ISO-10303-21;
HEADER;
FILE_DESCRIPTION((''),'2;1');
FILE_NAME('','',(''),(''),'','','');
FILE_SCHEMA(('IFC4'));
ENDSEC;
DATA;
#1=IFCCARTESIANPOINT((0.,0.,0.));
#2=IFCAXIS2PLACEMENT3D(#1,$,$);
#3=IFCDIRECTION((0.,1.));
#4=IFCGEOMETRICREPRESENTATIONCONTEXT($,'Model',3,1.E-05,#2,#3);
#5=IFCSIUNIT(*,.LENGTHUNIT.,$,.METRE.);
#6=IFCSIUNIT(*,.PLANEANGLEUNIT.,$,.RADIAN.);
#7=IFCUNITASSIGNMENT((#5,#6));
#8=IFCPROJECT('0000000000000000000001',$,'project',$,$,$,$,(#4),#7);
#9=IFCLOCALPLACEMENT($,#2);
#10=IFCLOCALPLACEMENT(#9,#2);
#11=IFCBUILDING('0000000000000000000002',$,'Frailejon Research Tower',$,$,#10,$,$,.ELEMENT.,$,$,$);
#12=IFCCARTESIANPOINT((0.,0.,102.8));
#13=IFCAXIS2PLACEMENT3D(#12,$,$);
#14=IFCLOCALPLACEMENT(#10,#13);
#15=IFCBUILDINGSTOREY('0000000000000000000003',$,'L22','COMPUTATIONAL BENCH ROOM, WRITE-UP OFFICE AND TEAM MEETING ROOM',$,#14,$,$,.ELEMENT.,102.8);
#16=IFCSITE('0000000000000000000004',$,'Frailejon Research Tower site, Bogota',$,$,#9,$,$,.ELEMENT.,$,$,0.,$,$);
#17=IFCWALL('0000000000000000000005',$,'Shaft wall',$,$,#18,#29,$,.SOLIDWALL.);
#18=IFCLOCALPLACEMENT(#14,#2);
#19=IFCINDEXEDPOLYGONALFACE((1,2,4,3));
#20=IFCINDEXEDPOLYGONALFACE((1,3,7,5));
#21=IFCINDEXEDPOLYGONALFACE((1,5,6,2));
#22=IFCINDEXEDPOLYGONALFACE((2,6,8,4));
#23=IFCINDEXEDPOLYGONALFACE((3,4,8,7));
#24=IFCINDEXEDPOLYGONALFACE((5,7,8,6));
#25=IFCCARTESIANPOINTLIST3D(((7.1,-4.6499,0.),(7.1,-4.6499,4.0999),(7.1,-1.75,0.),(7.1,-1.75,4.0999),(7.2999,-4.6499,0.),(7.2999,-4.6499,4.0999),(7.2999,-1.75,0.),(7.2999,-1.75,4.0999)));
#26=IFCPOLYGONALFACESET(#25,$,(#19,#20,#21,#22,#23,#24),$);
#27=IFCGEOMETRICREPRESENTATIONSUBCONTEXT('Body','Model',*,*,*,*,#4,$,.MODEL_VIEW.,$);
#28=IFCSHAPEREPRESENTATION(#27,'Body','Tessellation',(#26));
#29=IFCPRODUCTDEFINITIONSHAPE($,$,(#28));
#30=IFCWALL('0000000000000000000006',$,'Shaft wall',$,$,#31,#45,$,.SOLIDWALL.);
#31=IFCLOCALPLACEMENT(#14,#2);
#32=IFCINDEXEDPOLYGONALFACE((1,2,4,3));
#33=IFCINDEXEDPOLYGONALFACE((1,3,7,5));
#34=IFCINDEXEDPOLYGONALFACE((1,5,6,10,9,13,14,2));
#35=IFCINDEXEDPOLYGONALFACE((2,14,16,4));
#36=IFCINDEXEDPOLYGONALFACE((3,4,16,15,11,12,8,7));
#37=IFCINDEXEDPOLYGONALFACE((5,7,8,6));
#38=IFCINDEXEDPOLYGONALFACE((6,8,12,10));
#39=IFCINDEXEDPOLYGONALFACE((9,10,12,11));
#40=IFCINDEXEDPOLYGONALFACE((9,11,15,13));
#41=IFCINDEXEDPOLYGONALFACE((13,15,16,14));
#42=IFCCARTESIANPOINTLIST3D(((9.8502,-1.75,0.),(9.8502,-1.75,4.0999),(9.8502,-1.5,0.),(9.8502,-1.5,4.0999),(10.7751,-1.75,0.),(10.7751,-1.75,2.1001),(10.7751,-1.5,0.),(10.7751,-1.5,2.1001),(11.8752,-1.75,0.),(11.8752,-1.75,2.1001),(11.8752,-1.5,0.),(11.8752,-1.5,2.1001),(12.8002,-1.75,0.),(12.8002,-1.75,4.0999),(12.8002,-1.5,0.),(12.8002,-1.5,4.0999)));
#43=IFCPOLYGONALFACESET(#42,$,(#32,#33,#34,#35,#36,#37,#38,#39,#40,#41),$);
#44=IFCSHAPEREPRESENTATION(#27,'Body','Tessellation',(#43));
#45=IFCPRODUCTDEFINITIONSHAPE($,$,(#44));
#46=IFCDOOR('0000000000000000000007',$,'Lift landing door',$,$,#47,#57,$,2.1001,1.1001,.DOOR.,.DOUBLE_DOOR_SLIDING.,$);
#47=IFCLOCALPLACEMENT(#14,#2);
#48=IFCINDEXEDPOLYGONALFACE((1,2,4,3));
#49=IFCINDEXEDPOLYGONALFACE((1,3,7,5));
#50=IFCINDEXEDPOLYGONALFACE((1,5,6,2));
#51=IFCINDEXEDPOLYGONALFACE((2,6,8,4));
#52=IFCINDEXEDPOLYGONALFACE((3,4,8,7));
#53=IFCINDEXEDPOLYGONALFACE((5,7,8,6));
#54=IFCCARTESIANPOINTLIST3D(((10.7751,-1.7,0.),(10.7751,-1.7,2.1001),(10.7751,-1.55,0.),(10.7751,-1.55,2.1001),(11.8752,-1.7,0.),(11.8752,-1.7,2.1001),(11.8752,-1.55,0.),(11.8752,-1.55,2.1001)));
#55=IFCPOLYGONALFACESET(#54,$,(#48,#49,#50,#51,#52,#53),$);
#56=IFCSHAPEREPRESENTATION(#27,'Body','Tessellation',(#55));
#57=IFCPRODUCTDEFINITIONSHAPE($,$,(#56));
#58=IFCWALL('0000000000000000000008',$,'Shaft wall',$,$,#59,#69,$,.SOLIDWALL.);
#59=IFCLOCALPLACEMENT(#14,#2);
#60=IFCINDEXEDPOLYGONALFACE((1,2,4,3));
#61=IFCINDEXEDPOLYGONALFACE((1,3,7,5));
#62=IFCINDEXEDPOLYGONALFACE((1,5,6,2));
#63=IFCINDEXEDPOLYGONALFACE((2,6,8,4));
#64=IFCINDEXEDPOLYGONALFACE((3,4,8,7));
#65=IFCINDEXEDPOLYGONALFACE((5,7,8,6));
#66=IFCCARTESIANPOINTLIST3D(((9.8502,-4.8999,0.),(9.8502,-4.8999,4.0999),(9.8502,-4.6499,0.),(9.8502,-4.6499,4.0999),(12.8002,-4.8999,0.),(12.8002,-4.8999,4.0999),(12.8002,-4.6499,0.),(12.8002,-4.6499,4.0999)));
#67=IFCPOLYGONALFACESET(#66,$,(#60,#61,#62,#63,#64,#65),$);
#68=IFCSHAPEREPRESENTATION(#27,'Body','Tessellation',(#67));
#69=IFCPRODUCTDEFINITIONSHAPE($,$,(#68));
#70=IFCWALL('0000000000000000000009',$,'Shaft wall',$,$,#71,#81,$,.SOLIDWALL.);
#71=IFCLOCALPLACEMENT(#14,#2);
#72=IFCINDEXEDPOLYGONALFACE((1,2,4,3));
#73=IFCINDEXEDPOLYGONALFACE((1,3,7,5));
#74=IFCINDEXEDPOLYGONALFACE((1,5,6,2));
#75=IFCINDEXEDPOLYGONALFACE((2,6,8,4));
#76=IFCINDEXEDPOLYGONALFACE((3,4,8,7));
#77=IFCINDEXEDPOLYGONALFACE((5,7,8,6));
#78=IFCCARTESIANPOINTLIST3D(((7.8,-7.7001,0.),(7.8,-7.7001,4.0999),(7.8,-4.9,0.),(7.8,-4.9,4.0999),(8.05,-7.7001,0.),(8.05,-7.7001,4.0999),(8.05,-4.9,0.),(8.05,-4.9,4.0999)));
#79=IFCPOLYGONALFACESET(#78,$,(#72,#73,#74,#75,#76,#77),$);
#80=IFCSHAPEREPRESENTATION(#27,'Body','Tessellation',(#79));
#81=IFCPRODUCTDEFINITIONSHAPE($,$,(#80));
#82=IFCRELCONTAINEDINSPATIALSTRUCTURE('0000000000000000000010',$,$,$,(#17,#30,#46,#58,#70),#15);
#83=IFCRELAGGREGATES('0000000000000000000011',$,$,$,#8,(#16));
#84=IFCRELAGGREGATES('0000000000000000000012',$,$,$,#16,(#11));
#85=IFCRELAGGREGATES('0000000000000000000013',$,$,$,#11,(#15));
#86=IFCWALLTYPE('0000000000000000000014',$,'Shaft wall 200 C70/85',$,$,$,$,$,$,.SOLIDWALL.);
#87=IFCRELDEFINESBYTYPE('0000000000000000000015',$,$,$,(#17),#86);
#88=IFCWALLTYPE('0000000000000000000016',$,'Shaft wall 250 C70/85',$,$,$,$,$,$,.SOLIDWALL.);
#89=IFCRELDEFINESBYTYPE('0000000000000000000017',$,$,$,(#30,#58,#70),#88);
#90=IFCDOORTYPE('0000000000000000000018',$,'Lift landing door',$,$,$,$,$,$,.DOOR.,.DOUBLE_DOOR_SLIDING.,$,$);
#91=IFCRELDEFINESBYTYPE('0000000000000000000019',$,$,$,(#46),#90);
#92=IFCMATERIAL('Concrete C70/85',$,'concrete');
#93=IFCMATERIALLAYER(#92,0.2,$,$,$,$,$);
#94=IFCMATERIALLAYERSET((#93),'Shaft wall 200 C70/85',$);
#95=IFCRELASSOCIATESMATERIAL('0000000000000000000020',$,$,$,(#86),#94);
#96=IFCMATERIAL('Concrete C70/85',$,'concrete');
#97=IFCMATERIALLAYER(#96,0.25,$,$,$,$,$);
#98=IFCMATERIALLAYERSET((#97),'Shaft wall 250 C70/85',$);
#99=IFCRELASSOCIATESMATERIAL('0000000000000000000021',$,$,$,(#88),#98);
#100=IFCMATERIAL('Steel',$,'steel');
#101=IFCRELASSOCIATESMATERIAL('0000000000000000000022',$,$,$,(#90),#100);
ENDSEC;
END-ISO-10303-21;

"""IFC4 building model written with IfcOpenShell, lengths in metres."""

from ifc_helpers import new_model, si_unit, direction, frame, frame_2d, origin, place, context, subcontext, project, spatial, rectangle, extrude, material, layer, layer_set, type_object, element, fill, save


model = new_model("IFC4")

# Units and contexts
model_context = context("Model", 3, precision=1e-05, world=origin(), true_north=direction((0.0, 1.0)))
body_context = subcontext(model_context, "Body", "Model", "MODEL_VIEW")
ifc_project = project(units=[si_unit("LENGTHUNIT", "METRE"), si_unit("PLANEANGLEUNIT", "RADIAN")], contexts=[model_context])

# Site, building, storey
site_placement = place(None, origin())
site = spatial("IfcSite", under=ifc_project, at=site_placement, Name="Frailejon Research Tower site, Bogota", CompositionType="ELEMENT", RefElevation=0.0)
building_placement = place(site_placement, origin())
building = spatial("IfcBuilding", under=site, at=building_placement, Name="Frailejon Research Tower", CompositionType="ELEMENT")
storey_placement = place(building_placement, frame((0.0, 0.0, 102.8)))
storey = spatial("IfcBuildingStorey", under=building, at=storey_placement, Name="L22", Description="COMPUTATIONAL BENCH ROOM, WRITE-UP OFFICE AND TEAM MEETING ROOM", CompositionType="ELEMENT", Elevation=102.8)

# Wall
ifc_material_1 = material(Name="Concrete C70/85", Category="concrete")
ifc_layer_1 = layer(ifc_material_1, 0.2)
ifc_layer_set_1 = layer_set([ifc_layer_1], Name="Shaft wall 200 C70/85")
wall_type_1 = type_object("IfcWallType", Name="Shaft wall 200 C70/85", PredefinedType="SOLIDWALL", material=ifc_layer_set_1)
for number, where, z_axis, x_axis, name in (
    (1, (7.2, -4.6499, 0.0), (0.0, 0.0, 1.0), (0.0, 1.0, 0.0), "Shaft wall"),
):
    element("IfcWall", number, at=place(storey_placement, frame(where, z_axis=z_axis, x_axis=x_axis)), inside=storey, type_object=wall_type_1, Name=name, PredefinedType="SOLIDWALL", context=body_context, shape_type="SweptSolid", body=[
        extrude(rectangle(XDim=2.8999, YDim=0.2, at=frame_2d((1.45, 0.0))), origin(), (0.0, 0.0, 1.0), 4.0999),
    ])

# Wall, opening, door
ifc_material_2 = material(Name="Concrete C70/85", Category="concrete")
ifc_layer_2 = layer(ifc_material_2, 0.25)
ifc_layer_set_2 = layer_set([ifc_layer_2], Name="Shaft wall 250 C70/85")
wall_type_2 = type_object("IfcWallType", Name="Shaft wall 250 C70/85", PredefinedType="SOLIDWALL", material=ifc_layer_set_2)
wall_1_placement = place(storey_placement, frame((9.8501, -1.625, 0.0), z_axis=(0.0, 0.0, 1.0), x_axis=(1.0, 0.0, 0.0)))
wall_1 = element("IfcWall", 2, at=wall_1_placement, inside=storey, type_object=wall_type_2, Name="Shaft wall", PredefinedType="SOLIDWALL", context=body_context, shape_type="SweptSolid", body=[
    extrude(rectangle(XDim=2.95, YDim=0.25, at=frame_2d((1.4751, 0.0))), origin(), (0.0, 0.0, 1.0), 4.0999),
])
opening_1_placement = place(wall_1_placement, frame((0.925, 0.0, 0.0)))
opening_1 = element("IfcOpeningElement", 3, at=opening_1_placement, cuts=wall_1, PredefinedType="OPENING", context=body_context, shape_type="SweptSolid", body=[
    extrude(rectangle(XDim=1.1001, YDim=2.1001, at=frame_2d((0.55, 1.05))), frame((0.0, 0.135, 0.0), z_axis=(0.0, -1.0, 0.0), x_axis=(1.0, 0.0, 0.0)), (0.0, 0.0, 1.0), 0.27),
])
ifc_material_3 = material(Name="Steel", Category="steel")
door_type_1 = type_object("IfcDoorType", Name="Lift landing door", OperationType="DOUBLE_DOOR_SLIDING", PredefinedType="DOOR", material=ifc_material_3)
door_1_placement = place(opening_1_placement, origin())
door_1 = element("IfcDoor", 4, at=door_1_placement, inside=storey, type_object=door_type_1, Name="Lift landing door", OperationType="DOUBLE_DOOR_SLIDING", OverallHeight=2.1001, OverallWidth=1.1001, PredefinedType="DOOR", context=body_context, shape_type="SweptSolid", body=[
    extrude(rectangle(XDim=1.1001, YDim=2.1001, at=frame_2d((0.55, 1.05))), frame((0.0, 0.075, 0.0), z_axis=(0.0, -1.0, 0.0), x_axis=(1.0, 0.0, 0.0)), (0.0, 0.0, 1.0), 0.1499),
])
fill(opening_1, door_1)

# Walls
wall_2_placement = place(storey_placement, frame((9.8501, -4.7749, 0.0), z_axis=(0.0, 0.0, 1.0), x_axis=(1.0, 0.0, 0.0)))
element("IfcWall", 5, at=wall_2_placement, inside=storey, type_object=wall_type_2, Name="Shaft wall", PredefinedType="SOLIDWALL", context=body_context, shape_type="SweptSolid", body=[
    extrude(rectangle(XDim=2.95, YDim=0.25, at=frame_2d((1.4751, 0.0))), origin(), (0.0, 0.0, 1.0), 4.0999),
])
wall_3_placement = place(storey_placement, frame((7.925, -7.7, 0.0), z_axis=(0.0, 0.0, 1.0), x_axis=(0.0, 1.0, 0.0)))
element("IfcWall", 6, at=wall_3_placement, inside=storey, type_object=wall_type_2, Name="Shaft wall", PredefinedType="SOLIDWALL", context=body_context, shape_type="SweptSolid", body=[
    extrude(rectangle(XDim=2.8, YDim=0.25, at=frame_2d((1.3999, 0.0))), origin(), (0.0, 0.0, 1.0), 4.0999),
])

save(model, "model.ifc")
